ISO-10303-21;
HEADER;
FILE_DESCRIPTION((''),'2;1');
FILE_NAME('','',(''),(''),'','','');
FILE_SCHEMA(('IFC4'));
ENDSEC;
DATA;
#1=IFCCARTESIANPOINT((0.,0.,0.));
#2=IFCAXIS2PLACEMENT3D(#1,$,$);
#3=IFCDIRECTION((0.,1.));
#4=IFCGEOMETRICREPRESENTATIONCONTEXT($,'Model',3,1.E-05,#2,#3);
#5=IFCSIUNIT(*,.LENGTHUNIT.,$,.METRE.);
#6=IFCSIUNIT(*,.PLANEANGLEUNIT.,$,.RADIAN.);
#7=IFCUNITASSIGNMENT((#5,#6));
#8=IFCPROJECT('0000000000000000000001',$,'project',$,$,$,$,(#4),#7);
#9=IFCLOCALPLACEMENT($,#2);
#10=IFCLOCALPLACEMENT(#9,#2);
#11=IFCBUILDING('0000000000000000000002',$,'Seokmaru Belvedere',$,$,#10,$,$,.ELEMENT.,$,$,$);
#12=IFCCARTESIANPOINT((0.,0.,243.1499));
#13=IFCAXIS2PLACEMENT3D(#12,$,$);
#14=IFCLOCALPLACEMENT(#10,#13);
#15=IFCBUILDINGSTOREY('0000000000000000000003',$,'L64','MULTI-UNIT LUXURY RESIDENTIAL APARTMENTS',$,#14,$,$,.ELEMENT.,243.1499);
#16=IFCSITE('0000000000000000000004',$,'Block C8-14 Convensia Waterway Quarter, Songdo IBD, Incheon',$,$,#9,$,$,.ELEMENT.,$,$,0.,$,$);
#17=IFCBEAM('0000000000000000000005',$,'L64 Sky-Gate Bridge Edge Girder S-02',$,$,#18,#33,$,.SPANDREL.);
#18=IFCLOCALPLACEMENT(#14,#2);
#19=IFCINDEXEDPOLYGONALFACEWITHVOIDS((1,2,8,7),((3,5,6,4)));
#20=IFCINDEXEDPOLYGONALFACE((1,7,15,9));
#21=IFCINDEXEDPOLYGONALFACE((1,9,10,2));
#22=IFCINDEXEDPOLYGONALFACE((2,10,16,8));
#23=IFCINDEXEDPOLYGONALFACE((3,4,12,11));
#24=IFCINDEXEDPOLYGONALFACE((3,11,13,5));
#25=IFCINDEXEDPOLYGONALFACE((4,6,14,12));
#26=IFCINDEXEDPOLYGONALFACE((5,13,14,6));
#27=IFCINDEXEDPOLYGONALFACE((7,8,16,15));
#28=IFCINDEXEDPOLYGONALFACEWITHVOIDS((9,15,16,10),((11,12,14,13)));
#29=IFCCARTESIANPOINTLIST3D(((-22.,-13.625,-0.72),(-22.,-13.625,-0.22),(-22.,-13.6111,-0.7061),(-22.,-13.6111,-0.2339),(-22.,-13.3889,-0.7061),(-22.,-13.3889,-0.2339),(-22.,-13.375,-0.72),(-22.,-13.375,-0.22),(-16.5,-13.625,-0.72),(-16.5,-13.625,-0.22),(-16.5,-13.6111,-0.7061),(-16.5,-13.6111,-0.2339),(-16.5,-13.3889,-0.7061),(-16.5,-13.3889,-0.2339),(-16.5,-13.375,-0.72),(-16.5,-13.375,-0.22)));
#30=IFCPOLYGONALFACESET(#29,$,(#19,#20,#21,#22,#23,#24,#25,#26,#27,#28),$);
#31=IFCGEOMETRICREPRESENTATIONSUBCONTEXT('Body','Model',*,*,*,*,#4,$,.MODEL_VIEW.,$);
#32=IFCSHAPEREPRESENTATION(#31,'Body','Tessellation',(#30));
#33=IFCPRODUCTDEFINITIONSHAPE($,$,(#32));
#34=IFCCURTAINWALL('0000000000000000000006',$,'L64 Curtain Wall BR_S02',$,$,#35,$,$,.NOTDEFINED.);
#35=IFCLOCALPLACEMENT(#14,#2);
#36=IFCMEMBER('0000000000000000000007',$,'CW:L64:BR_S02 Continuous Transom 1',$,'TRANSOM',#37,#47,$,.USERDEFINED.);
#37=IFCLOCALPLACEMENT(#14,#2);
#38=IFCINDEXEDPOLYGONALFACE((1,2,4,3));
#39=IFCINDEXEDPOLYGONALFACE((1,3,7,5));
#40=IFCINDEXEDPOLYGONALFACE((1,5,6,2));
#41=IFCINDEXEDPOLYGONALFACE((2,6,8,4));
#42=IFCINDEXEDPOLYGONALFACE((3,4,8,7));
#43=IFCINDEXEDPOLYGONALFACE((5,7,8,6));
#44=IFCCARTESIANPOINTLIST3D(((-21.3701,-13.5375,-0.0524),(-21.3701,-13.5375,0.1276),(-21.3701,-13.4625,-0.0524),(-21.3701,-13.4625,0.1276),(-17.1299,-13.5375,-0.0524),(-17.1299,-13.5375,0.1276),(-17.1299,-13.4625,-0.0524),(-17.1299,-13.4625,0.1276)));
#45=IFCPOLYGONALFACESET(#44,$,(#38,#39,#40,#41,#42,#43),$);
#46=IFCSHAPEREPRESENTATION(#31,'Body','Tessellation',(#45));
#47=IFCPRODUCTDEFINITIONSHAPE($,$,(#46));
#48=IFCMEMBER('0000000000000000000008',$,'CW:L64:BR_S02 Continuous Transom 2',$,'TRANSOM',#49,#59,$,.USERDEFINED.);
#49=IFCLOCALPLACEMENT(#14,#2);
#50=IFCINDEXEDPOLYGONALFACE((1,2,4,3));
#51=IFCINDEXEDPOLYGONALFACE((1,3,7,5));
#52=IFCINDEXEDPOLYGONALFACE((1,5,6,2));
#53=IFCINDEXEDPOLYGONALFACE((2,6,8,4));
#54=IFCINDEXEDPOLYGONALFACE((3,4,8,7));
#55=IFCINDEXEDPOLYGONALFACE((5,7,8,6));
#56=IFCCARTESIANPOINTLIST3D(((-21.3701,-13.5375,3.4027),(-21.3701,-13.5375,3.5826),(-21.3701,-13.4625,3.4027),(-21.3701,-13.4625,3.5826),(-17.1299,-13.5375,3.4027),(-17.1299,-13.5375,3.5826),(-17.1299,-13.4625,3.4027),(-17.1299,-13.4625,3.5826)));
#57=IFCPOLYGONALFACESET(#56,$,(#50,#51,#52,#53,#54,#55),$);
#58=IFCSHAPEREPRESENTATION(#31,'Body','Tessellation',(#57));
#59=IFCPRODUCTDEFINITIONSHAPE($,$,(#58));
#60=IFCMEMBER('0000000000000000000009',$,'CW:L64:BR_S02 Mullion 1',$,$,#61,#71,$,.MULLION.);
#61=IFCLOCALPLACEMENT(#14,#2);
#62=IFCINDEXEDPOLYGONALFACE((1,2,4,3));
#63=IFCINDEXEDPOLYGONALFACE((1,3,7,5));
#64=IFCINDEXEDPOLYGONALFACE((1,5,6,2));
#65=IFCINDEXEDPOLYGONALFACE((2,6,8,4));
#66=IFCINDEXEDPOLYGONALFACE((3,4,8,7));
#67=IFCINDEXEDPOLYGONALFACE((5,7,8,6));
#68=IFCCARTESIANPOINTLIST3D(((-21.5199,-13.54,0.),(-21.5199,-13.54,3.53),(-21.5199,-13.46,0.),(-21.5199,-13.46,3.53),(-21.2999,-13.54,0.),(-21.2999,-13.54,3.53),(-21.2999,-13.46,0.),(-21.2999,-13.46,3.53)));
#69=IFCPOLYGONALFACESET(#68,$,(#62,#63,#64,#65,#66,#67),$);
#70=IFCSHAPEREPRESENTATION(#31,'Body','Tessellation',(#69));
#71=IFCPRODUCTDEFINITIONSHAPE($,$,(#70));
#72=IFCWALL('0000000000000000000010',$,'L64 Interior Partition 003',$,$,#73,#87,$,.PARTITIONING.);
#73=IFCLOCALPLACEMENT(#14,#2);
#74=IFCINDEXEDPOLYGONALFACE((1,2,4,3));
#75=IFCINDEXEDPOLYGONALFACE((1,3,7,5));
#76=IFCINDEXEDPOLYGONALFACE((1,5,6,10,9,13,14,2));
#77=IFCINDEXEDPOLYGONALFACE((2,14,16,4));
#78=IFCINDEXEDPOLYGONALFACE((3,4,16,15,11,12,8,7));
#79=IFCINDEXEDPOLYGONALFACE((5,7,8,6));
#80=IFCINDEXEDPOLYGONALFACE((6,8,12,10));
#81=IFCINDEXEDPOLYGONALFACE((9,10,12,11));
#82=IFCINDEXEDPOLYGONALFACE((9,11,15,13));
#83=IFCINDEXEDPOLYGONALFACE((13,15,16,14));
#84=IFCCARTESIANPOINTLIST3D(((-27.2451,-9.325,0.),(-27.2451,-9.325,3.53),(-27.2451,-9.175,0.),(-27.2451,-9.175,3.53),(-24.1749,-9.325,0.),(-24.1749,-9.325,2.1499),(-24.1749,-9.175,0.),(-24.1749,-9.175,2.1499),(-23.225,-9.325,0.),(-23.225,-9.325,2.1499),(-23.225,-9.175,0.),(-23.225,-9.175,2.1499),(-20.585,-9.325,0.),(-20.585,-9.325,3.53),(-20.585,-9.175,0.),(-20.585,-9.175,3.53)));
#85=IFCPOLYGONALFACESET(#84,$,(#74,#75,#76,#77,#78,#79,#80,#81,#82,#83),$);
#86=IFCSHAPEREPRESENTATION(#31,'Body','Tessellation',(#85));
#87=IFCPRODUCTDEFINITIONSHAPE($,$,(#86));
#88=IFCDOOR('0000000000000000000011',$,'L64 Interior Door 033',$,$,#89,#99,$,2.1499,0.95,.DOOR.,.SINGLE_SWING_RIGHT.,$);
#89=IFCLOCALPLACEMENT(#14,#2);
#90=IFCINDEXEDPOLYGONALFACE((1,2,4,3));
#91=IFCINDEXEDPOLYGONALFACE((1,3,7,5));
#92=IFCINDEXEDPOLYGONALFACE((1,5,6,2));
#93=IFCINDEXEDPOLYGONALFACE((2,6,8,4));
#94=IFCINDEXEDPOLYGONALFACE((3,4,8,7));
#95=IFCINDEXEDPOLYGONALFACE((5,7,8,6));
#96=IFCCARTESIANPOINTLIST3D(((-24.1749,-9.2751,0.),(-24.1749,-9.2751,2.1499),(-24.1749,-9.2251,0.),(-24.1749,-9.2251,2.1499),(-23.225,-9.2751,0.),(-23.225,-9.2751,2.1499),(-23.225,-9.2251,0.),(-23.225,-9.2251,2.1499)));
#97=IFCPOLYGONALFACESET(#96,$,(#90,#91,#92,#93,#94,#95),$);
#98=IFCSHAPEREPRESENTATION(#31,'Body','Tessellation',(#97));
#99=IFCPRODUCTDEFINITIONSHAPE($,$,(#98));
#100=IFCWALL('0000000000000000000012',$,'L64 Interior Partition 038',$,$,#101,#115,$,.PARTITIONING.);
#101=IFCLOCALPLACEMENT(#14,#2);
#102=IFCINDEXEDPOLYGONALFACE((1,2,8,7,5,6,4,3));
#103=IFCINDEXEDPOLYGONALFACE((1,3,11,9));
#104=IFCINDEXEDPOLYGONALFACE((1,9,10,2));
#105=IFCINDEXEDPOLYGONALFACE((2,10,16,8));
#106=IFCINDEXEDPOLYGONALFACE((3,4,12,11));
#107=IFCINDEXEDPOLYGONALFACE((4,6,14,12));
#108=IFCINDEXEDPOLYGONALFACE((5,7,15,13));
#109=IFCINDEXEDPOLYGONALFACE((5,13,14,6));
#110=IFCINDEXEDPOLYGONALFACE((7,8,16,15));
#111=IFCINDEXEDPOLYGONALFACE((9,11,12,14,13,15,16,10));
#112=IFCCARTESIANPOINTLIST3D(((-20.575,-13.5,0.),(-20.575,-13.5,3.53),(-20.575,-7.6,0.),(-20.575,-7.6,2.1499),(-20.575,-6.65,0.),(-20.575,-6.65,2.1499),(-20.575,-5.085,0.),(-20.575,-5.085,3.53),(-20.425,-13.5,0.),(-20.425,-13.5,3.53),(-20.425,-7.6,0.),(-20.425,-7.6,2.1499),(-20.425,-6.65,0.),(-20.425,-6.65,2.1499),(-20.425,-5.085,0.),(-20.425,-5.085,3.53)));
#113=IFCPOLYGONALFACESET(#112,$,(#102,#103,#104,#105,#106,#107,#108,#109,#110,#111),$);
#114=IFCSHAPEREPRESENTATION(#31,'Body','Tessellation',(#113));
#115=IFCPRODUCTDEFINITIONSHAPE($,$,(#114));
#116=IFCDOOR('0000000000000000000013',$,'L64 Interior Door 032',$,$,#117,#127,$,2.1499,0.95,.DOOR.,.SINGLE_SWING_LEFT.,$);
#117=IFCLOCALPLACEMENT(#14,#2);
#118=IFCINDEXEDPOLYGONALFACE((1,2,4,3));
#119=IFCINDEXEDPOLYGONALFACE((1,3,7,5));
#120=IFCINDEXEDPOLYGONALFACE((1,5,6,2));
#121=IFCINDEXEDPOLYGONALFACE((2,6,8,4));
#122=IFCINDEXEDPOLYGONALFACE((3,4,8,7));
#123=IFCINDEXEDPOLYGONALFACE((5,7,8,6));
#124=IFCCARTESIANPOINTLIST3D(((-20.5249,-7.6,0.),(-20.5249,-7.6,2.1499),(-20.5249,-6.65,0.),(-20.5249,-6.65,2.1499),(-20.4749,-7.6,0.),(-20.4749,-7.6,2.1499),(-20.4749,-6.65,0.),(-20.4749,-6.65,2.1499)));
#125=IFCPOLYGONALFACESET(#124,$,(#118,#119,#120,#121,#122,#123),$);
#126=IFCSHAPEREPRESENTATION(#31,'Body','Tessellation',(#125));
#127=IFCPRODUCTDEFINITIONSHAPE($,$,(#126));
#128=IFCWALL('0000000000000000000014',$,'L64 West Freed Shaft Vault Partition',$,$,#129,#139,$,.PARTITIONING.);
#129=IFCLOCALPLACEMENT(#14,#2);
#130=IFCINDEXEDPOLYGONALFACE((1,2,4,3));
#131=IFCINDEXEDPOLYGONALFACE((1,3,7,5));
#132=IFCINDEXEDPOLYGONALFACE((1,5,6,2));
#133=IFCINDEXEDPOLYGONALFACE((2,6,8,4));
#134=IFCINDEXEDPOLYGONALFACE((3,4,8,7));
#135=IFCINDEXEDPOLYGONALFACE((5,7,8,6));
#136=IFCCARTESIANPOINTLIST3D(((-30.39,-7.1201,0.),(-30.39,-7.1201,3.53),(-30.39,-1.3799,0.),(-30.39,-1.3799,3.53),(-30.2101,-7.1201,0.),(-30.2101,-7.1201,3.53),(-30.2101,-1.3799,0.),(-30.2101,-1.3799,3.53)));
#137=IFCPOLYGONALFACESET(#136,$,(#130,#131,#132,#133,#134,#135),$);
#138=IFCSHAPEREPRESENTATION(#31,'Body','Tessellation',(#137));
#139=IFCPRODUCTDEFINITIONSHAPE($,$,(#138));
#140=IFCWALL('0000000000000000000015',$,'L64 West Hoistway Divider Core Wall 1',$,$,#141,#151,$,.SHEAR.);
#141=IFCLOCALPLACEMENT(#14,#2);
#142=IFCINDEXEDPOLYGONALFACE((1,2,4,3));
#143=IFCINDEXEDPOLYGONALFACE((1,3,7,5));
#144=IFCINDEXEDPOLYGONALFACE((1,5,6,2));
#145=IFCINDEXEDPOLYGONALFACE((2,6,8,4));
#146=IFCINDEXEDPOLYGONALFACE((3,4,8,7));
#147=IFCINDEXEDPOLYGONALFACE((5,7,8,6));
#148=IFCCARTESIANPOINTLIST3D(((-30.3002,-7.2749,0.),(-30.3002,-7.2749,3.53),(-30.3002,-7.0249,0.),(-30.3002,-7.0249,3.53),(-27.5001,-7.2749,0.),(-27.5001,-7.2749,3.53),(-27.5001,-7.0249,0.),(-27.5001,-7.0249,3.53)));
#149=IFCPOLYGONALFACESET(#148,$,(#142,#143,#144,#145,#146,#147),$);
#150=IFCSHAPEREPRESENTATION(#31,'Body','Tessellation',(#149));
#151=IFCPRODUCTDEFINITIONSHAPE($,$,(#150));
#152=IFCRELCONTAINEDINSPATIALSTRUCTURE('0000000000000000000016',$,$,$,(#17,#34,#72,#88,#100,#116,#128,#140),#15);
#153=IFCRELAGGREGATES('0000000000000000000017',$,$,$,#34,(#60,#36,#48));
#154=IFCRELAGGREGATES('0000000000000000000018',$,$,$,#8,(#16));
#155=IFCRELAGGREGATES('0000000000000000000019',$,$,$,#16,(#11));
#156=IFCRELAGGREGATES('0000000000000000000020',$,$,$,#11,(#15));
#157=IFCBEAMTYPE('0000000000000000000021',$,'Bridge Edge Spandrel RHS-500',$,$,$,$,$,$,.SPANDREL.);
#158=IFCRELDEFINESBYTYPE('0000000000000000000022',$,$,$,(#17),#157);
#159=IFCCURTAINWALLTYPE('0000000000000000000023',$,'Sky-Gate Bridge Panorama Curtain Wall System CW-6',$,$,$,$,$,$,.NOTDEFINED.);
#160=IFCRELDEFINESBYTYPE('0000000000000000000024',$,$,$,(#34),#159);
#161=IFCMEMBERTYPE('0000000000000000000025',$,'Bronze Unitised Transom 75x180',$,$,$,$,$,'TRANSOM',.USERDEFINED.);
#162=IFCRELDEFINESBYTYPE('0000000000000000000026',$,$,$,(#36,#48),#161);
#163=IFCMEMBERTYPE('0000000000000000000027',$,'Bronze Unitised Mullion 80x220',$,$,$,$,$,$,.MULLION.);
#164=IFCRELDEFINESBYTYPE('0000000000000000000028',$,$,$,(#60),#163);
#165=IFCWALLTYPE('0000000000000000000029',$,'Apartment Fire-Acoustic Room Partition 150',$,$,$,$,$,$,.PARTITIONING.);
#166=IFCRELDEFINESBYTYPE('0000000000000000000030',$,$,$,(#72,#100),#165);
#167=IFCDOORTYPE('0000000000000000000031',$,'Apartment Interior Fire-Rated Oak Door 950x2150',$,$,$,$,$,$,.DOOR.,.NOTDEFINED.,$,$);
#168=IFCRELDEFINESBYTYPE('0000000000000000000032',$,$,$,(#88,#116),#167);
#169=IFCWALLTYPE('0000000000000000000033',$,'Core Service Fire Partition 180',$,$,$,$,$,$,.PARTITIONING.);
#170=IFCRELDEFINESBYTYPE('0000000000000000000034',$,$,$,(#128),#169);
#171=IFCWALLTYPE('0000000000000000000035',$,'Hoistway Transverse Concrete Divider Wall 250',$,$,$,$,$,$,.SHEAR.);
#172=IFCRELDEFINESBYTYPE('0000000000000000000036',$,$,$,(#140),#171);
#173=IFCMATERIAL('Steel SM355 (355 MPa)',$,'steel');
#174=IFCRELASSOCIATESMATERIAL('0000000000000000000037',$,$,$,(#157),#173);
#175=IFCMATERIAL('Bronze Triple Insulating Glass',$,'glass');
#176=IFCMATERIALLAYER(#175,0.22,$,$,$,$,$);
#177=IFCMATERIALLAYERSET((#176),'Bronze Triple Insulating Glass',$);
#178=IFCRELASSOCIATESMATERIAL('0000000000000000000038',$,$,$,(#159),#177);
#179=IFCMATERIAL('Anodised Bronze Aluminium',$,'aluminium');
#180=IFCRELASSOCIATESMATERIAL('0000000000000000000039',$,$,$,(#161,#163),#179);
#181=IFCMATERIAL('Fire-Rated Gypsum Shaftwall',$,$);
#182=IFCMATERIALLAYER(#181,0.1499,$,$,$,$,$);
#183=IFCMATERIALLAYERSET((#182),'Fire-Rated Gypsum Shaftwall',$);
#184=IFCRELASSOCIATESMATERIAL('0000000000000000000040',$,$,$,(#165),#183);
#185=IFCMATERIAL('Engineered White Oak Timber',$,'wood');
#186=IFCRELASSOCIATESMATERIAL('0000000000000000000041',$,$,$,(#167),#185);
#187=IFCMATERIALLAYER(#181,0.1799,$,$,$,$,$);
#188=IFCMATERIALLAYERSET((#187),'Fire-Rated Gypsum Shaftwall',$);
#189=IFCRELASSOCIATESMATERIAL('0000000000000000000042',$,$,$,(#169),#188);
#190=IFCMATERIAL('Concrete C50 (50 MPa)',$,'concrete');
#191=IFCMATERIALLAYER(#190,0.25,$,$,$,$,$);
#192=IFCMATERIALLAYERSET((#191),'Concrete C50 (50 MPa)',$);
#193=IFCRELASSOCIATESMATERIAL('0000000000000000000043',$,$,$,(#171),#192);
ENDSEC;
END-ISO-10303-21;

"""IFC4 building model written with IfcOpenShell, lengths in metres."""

from ifc_helpers import new_model, si_unit, direction, frame, frame_2d, origin, origin_2d, place, context, subcontext, project, spatial, rectangle, hollow_rectangle, extrude, source, transform, mapped, material, layer, layer_set, material_profile, profile_set, type_object, type_shapes, element, fill, aggregate, save


model = new_model("IFC4")

# Units and contexts
model_context = context("Model", 3, precision=1e-05, world=origin(), true_north=direction((0.0, 1.0)))
body_context = subcontext(model_context, "Body", "Model", "MODEL_VIEW")
ifc_project = project(units=[si_unit("LENGTHUNIT", "METRE"), si_unit("PLANEANGLEUNIT", "RADIAN")], contexts=[model_context])

# Site, building, storey
site_placement = place(None, origin())
site = spatial("IfcSite", under=ifc_project, at=site_placement, Name="Block C8-14 Convensia Waterway Quarter, Songdo IBD, Incheon", CompositionType="ELEMENT", RefElevation=0.0)
building_placement = place(site_placement, origin())
building = spatial("IfcBuilding", under=site, at=building_placement, Name="Seokmaru Belvedere", CompositionType="ELEMENT")
storey_placement = place(building_placement, frame((0.0, 0.0, 243.1499)))
storey = spatial("IfcBuildingStorey", under=building, at=storey_placement, Name="L64", Description="MULTI-UNIT LUXURY RESIDENTIAL APARTMENTS", CompositionType="ELEMENT", Elevation=243.1499)

# Shared definitions
ifc_material_1 = material(Name="Steel SM355 (355 MPa)", Category="steel")

# Beam
ifc_material_profile_1 = material_profile(ifc_material_1, hollow_rectangle(XDim=0.25, YDim=0.5, WallThickness=0.0139, at=origin_2d()), Name="RHS-500x250x14")
ifc_profile_set_1 = profile_set([ifc_material_profile_1], Name="Steel SM355 (355 MPa)")
beam_type_1 = type_object("IfcBeamType", Name="Bridge Edge Spandrel RHS-500", PredefinedType="SPANDREL", material=ifc_profile_set_1)
shared_shape_1 = source(origin(), body_context, "Body", "SweptSolid", [
    extrude(hollow_rectangle(XDim=0.25, YDim=0.5, WallThickness=0.0139, at=origin_2d()), origin(), (0.0, 0.0, 1.0), 5.5),
])
type_shapes(beam_type_1, [shared_shape_1])
beam_1_placement = place(storey_placement, frame((-22.0, -13.5, -0.47), z_axis=(1.0, 0.0, 0.0), x_axis=(0.0, 1.0, 0.0)))
element("IfcBeam", 1, at=beam_1_placement, inside=storey, type_object=beam_type_1, Name="L64 Sky-Gate Bridge Edge Girder S-02", PredefinedType="SPANDREL", context=body_context, shape_type="MappedRepresentation", body=[
    mapped(shared_shape_1, transform((0.0, 0.0, 0.0), scale=1.0)),
])

# Curtain wall, members
ifc_material_2 = material(Name="Bronze Triple Insulating Glass", Category="glass")
ifc_layer_1 = layer(ifc_material_2, 0.22)
ifc_layer_set_1 = layer_set([ifc_layer_1], Name="Bronze Triple Insulating Glass")
curtain_wall_type = type_object("IfcCurtainWallType", Name="Sky-Gate Bridge Panorama Curtain Wall System CW-6", PredefinedType="NOTDEFINED", material=ifc_layer_set_1)
curtain_wall_placement = place(storey_placement, origin())
curtain_wall = element("IfcCurtainWall", 2, at=curtain_wall_placement, inside=storey, type_object=curtain_wall_type, Name="L64 Curtain Wall BR_S02", PredefinedType="NOTDEFINED")
ifc_material_3 = material(Name="Anodised Bronze Aluminium", Category="aluminium")
ifc_material_profile_2 = material_profile(ifc_material_3, rectangle(XDim=0.075, YDim=0.1799, at=origin_2d()), Name="CW-T-75x180")
ifc_profile_set_2 = profile_set([ifc_material_profile_2], Name="Anodised Bronze Aluminium")
member_type_1 = type_object("IfcMemberType", Name="Bronze Unitised Transom 75x180", ElementType="TRANSOM", PredefinedType="USERDEFINED", material=ifc_profile_set_2)
shared_shape_2 = source(origin(), body_context, "Body", "SweptSolid", [
    extrude(rectangle(XDim=0.075, YDim=0.1799, at=origin_2d()), origin(), (0.0, 0.0, 1.0), 4.2402),
])
type_shapes(member_type_1, [shared_shape_2])
member_1_placement = place(storey_placement, frame((-21.3701, -13.5, 0.0376), z_axis=(1.0, 0.0, 0.0), x_axis=(0.0, 1.0, 0.0)))
member_1 = element("IfcMember", 3, at=member_1_placement, type_object=member_type_1, Name="CW:L64:BR_S02 Continuous Transom 1", ObjectType="TRANSOM", PredefinedType="USERDEFINED", context=body_context, shape_type="MappedRepresentation", body=[
    mapped(shared_shape_2, transform((0.0, 0.0, 0.0), scale=1.0)),
])
member_2_placement = place(storey_placement, frame((-21.3701, -13.5, 3.4927), z_axis=(1.0, 0.0, 0.0), x_axis=(0.0, 1.0, 0.0)))
member_2 = element("IfcMember", 4, at=member_2_placement, type_object=member_type_1, Name="CW:L64:BR_S02 Continuous Transom 2", ObjectType="TRANSOM", PredefinedType="USERDEFINED", context=body_context, shape_type="MappedRepresentation", body=[
    mapped(shared_shape_2, transform((0.0, 0.0, 0.0), scale=1.0)),
])
ifc_material_profile_3 = material_profile(ifc_material_3, rectangle(XDim=0.0801, YDim=0.22, at=origin_2d()), Name="CW-M-80x220")
ifc_profile_set_3 = profile_set([ifc_material_profile_3], Name="Anodised Bronze Aluminium")
member_type_2 = type_object("IfcMemberType", Name="Bronze Unitised Mullion 80x220", PredefinedType="MULLION", material=ifc_profile_set_3)
shared_shape_3 = source(origin(), body_context, "Body", "SweptSolid", [
    extrude(rectangle(XDim=0.0801, YDim=0.22, at=origin_2d()), origin(), (0.0, 0.0, 1.0), 3.53),
])
type_shapes(member_type_2, [shared_shape_3])
member_3_placement = place(storey_placement, frame((-21.4099, -13.5, 0.0), z_axis=(0.0, 0.0, 1.0), x_axis=(0.0, 1.0, 0.0)))
member_3 = element("IfcMember", 5, at=member_3_placement, type_object=member_type_2, Name="CW:L64:BR_S02 Mullion 1", PredefinedType="MULLION", context=body_context, shape_type="MappedRepresentation", body=[
    mapped(shared_shape_3, transform((0.0, 0.0, 0.0), scale=1.0)),
])
aggregate(curtain_wall, [member_3, member_1, member_2])

# Walls, openings, doors
ifc_material_4 = material(Name="Fire-Rated Gypsum Shaftwall")
ifc_layer_2 = layer(ifc_material_4, 0.1499)
ifc_layer_set_2 = layer_set([ifc_layer_2], Name="Fire-Rated Gypsum Shaftwall")
wall_type_1 = type_object("IfcWallType", Name="Apartment Fire-Acoustic Room Partition 150", PredefinedType="PARTITIONING", material=ifc_layer_set_2)
wall_1_placement = place(storey_placement, frame((-27.2451, -9.25, 0.0), z_axis=(0.0, 0.0, 1.0), x_axis=(1.0, 0.0, 0.0)))
wall_1 = element("IfcWall", 6, at=wall_1_placement, inside=storey, type_object=wall_type_1, Name="L64 Interior Partition 003", PredefinedType="PARTITIONING", context=body_context, shape_type="SweptSolid", body=[
    extrude(rectangle(XDim=6.6602, YDim=0.1499, at=frame_2d((3.3301, 0.0))), origin(), (0.0, 0.0, 1.0), 3.53),
])
opening_1_placement = place(wall_1_placement, frame((3.0701, 0.0, 0.0)))
opening_1 = element("IfcOpeningElement", 7, at=opening_1_placement, cuts=wall_1, PredefinedType="OPENING", context=body_context, shape_type="SweptSolid", body=[
    extrude(rectangle(XDim=0.95, YDim=2.1499, at=frame_2d((0.4751, 1.075))), frame((0.0, 0.085, 0.0), z_axis=(0.0, -1.0, 0.0), x_axis=(1.0, 0.0, 0.0)), (0.0, 0.0, 1.0), 0.1699),
])
ifc_material_5 = material(Name="Engineered White Oak Timber", Category="wood")
door_type_1 = type_object("IfcDoorType", Name="Apartment Interior Fire-Rated Oak Door 950x2150", OperationType="NOTDEFINED", PredefinedType="DOOR", material=ifc_material_5)
shared_shape_4 = source(origin(), body_context, "Body", "SweptSolid", [
    extrude(rectangle(XDim=0.95, YDim=2.1499, at=frame_2d((0.4751, 1.075))), frame((0.0, 0.0249, 0.0), z_axis=(0.0, -1.0, 0.0), x_axis=(1.0, 0.0, 0.0)), (0.0, 0.0, 1.0), 0.05),
])
type_shapes(door_type_1, [shared_shape_4])
door_1_placement = place(opening_1_placement, origin())
door_1 = element("IfcDoor", 8, at=door_1_placement, inside=storey, type_object=door_type_1, Name="L64 Interior Door 033", OperationType="SINGLE_SWING_RIGHT", OverallHeight=2.1499, OverallWidth=0.95, PredefinedType="DOOR", context=body_context, shape_type="MappedRepresentation", body=[
    mapped(shared_shape_4, transform((0.0, 0.0, 0.0), scale=1.0)),
])
fill(opening_1, door_1)
wall_2_placement = place(storey_placement, frame((-20.5, -13.5, 0.0), z_axis=(0.0, 0.0, 1.0), x_axis=(0.0, 1.0, 0.0)))
wall_2 = element("IfcWall", 9, at=wall_2_placement, inside=storey, type_object=wall_type_1, Name="L64 Interior Partition 038", PredefinedType="PARTITIONING", context=body_context, shape_type="SweptSolid", body=[
    extrude(rectangle(XDim=8.415, YDim=0.1499, at=frame_2d((4.2075, 0.0))), origin(), (0.0, 0.0, 1.0), 3.53),
])
opening_2_placement = place(wall_2_placement, frame((5.8999, 0.0, 0.0)))
opening_2 = element("IfcOpeningElement", 10, at=opening_2_placement, cuts=wall_2, PredefinedType="OPENING", context=body_context, shape_type="SweptSolid", body=[
    extrude(rectangle(XDim=0.95, YDim=2.1499, at=frame_2d((0.4751, 1.075))), frame((0.0, 0.085, 0.0), z_axis=(0.0, -1.0, 0.0), x_axis=(1.0, 0.0, 0.0)), (0.0, 0.0, 1.0), 0.1699),
])
door_2_placement = place(opening_2_placement, origin())
door_2 = element("IfcDoor", 11, at=door_2_placement, inside=storey, type_object=door_type_1, Name="L64 Interior Door 032", OperationType="SINGLE_SWING_LEFT", OverallHeight=2.1499, OverallWidth=0.95, PredefinedType="DOOR", context=body_context, shape_type="MappedRepresentation", body=[
    mapped(shared_shape_4, transform((0.0, 0.0, 0.0), scale=1.0)),
])
fill(opening_2, door_2)
ifc_layer_3 = layer(ifc_material_4, 0.1799)
ifc_layer_set_3 = layer_set([ifc_layer_3], Name="Fire-Rated Gypsum Shaftwall")
wall_type_2 = type_object("IfcWallType", Name="Core Service Fire Partition 180", PredefinedType="PARTITIONING", material=ifc_layer_set_3)

# Walls
wall_3_placement = place(storey_placement, frame((-30.3, -7.1201, 0.0), z_axis=(0.0, 0.0, 1.0), x_axis=(0.0, 1.0, 0.0)))
element("IfcWall", 12, at=wall_3_placement, inside=storey, type_object=wall_type_2, Name="L64 West Freed Shaft Vault Partition", PredefinedType="PARTITIONING", context=body_context, shape_type="SweptSolid", body=[
    extrude(rectangle(XDim=5.7402, YDim=0.1799, at=frame_2d((2.8701, 0.0))), origin(), (0.0, 0.0, 1.0), 3.53),
])
ifc_material_6 = material(Name="Concrete C50 (50 MPa)", Category="concrete")
ifc_layer_4 = layer(ifc_material_6, 0.25)
ifc_layer_set_4 = layer_set([ifc_layer_4], Name="Concrete C50 (50 MPa)")
wall_type_3 = type_object("IfcWallType", Name="Hoistway Transverse Concrete Divider Wall 250", PredefinedType="SHEAR", material=ifc_layer_set_4)
wall_4_placement = place(storey_placement, frame((-30.3, -7.1499, 0.0), z_axis=(0.0, 0.0, 1.0), x_axis=(1.0, 0.0, 0.0)))
element("IfcWall", 13, at=wall_4_placement, inside=storey, type_object=wall_type_3, Name="L64 West Hoistway Divider Core Wall 1", PredefinedType="SHEAR", context=body_context, shape_type="SweptSolid", body=[
    extrude(rectangle(XDim=2.8, YDim=0.25, at=frame_2d((1.3999, 0.0))), origin(), (0.0, 0.0, 1.0), 3.53),
])

save(model, "model.ifc")
